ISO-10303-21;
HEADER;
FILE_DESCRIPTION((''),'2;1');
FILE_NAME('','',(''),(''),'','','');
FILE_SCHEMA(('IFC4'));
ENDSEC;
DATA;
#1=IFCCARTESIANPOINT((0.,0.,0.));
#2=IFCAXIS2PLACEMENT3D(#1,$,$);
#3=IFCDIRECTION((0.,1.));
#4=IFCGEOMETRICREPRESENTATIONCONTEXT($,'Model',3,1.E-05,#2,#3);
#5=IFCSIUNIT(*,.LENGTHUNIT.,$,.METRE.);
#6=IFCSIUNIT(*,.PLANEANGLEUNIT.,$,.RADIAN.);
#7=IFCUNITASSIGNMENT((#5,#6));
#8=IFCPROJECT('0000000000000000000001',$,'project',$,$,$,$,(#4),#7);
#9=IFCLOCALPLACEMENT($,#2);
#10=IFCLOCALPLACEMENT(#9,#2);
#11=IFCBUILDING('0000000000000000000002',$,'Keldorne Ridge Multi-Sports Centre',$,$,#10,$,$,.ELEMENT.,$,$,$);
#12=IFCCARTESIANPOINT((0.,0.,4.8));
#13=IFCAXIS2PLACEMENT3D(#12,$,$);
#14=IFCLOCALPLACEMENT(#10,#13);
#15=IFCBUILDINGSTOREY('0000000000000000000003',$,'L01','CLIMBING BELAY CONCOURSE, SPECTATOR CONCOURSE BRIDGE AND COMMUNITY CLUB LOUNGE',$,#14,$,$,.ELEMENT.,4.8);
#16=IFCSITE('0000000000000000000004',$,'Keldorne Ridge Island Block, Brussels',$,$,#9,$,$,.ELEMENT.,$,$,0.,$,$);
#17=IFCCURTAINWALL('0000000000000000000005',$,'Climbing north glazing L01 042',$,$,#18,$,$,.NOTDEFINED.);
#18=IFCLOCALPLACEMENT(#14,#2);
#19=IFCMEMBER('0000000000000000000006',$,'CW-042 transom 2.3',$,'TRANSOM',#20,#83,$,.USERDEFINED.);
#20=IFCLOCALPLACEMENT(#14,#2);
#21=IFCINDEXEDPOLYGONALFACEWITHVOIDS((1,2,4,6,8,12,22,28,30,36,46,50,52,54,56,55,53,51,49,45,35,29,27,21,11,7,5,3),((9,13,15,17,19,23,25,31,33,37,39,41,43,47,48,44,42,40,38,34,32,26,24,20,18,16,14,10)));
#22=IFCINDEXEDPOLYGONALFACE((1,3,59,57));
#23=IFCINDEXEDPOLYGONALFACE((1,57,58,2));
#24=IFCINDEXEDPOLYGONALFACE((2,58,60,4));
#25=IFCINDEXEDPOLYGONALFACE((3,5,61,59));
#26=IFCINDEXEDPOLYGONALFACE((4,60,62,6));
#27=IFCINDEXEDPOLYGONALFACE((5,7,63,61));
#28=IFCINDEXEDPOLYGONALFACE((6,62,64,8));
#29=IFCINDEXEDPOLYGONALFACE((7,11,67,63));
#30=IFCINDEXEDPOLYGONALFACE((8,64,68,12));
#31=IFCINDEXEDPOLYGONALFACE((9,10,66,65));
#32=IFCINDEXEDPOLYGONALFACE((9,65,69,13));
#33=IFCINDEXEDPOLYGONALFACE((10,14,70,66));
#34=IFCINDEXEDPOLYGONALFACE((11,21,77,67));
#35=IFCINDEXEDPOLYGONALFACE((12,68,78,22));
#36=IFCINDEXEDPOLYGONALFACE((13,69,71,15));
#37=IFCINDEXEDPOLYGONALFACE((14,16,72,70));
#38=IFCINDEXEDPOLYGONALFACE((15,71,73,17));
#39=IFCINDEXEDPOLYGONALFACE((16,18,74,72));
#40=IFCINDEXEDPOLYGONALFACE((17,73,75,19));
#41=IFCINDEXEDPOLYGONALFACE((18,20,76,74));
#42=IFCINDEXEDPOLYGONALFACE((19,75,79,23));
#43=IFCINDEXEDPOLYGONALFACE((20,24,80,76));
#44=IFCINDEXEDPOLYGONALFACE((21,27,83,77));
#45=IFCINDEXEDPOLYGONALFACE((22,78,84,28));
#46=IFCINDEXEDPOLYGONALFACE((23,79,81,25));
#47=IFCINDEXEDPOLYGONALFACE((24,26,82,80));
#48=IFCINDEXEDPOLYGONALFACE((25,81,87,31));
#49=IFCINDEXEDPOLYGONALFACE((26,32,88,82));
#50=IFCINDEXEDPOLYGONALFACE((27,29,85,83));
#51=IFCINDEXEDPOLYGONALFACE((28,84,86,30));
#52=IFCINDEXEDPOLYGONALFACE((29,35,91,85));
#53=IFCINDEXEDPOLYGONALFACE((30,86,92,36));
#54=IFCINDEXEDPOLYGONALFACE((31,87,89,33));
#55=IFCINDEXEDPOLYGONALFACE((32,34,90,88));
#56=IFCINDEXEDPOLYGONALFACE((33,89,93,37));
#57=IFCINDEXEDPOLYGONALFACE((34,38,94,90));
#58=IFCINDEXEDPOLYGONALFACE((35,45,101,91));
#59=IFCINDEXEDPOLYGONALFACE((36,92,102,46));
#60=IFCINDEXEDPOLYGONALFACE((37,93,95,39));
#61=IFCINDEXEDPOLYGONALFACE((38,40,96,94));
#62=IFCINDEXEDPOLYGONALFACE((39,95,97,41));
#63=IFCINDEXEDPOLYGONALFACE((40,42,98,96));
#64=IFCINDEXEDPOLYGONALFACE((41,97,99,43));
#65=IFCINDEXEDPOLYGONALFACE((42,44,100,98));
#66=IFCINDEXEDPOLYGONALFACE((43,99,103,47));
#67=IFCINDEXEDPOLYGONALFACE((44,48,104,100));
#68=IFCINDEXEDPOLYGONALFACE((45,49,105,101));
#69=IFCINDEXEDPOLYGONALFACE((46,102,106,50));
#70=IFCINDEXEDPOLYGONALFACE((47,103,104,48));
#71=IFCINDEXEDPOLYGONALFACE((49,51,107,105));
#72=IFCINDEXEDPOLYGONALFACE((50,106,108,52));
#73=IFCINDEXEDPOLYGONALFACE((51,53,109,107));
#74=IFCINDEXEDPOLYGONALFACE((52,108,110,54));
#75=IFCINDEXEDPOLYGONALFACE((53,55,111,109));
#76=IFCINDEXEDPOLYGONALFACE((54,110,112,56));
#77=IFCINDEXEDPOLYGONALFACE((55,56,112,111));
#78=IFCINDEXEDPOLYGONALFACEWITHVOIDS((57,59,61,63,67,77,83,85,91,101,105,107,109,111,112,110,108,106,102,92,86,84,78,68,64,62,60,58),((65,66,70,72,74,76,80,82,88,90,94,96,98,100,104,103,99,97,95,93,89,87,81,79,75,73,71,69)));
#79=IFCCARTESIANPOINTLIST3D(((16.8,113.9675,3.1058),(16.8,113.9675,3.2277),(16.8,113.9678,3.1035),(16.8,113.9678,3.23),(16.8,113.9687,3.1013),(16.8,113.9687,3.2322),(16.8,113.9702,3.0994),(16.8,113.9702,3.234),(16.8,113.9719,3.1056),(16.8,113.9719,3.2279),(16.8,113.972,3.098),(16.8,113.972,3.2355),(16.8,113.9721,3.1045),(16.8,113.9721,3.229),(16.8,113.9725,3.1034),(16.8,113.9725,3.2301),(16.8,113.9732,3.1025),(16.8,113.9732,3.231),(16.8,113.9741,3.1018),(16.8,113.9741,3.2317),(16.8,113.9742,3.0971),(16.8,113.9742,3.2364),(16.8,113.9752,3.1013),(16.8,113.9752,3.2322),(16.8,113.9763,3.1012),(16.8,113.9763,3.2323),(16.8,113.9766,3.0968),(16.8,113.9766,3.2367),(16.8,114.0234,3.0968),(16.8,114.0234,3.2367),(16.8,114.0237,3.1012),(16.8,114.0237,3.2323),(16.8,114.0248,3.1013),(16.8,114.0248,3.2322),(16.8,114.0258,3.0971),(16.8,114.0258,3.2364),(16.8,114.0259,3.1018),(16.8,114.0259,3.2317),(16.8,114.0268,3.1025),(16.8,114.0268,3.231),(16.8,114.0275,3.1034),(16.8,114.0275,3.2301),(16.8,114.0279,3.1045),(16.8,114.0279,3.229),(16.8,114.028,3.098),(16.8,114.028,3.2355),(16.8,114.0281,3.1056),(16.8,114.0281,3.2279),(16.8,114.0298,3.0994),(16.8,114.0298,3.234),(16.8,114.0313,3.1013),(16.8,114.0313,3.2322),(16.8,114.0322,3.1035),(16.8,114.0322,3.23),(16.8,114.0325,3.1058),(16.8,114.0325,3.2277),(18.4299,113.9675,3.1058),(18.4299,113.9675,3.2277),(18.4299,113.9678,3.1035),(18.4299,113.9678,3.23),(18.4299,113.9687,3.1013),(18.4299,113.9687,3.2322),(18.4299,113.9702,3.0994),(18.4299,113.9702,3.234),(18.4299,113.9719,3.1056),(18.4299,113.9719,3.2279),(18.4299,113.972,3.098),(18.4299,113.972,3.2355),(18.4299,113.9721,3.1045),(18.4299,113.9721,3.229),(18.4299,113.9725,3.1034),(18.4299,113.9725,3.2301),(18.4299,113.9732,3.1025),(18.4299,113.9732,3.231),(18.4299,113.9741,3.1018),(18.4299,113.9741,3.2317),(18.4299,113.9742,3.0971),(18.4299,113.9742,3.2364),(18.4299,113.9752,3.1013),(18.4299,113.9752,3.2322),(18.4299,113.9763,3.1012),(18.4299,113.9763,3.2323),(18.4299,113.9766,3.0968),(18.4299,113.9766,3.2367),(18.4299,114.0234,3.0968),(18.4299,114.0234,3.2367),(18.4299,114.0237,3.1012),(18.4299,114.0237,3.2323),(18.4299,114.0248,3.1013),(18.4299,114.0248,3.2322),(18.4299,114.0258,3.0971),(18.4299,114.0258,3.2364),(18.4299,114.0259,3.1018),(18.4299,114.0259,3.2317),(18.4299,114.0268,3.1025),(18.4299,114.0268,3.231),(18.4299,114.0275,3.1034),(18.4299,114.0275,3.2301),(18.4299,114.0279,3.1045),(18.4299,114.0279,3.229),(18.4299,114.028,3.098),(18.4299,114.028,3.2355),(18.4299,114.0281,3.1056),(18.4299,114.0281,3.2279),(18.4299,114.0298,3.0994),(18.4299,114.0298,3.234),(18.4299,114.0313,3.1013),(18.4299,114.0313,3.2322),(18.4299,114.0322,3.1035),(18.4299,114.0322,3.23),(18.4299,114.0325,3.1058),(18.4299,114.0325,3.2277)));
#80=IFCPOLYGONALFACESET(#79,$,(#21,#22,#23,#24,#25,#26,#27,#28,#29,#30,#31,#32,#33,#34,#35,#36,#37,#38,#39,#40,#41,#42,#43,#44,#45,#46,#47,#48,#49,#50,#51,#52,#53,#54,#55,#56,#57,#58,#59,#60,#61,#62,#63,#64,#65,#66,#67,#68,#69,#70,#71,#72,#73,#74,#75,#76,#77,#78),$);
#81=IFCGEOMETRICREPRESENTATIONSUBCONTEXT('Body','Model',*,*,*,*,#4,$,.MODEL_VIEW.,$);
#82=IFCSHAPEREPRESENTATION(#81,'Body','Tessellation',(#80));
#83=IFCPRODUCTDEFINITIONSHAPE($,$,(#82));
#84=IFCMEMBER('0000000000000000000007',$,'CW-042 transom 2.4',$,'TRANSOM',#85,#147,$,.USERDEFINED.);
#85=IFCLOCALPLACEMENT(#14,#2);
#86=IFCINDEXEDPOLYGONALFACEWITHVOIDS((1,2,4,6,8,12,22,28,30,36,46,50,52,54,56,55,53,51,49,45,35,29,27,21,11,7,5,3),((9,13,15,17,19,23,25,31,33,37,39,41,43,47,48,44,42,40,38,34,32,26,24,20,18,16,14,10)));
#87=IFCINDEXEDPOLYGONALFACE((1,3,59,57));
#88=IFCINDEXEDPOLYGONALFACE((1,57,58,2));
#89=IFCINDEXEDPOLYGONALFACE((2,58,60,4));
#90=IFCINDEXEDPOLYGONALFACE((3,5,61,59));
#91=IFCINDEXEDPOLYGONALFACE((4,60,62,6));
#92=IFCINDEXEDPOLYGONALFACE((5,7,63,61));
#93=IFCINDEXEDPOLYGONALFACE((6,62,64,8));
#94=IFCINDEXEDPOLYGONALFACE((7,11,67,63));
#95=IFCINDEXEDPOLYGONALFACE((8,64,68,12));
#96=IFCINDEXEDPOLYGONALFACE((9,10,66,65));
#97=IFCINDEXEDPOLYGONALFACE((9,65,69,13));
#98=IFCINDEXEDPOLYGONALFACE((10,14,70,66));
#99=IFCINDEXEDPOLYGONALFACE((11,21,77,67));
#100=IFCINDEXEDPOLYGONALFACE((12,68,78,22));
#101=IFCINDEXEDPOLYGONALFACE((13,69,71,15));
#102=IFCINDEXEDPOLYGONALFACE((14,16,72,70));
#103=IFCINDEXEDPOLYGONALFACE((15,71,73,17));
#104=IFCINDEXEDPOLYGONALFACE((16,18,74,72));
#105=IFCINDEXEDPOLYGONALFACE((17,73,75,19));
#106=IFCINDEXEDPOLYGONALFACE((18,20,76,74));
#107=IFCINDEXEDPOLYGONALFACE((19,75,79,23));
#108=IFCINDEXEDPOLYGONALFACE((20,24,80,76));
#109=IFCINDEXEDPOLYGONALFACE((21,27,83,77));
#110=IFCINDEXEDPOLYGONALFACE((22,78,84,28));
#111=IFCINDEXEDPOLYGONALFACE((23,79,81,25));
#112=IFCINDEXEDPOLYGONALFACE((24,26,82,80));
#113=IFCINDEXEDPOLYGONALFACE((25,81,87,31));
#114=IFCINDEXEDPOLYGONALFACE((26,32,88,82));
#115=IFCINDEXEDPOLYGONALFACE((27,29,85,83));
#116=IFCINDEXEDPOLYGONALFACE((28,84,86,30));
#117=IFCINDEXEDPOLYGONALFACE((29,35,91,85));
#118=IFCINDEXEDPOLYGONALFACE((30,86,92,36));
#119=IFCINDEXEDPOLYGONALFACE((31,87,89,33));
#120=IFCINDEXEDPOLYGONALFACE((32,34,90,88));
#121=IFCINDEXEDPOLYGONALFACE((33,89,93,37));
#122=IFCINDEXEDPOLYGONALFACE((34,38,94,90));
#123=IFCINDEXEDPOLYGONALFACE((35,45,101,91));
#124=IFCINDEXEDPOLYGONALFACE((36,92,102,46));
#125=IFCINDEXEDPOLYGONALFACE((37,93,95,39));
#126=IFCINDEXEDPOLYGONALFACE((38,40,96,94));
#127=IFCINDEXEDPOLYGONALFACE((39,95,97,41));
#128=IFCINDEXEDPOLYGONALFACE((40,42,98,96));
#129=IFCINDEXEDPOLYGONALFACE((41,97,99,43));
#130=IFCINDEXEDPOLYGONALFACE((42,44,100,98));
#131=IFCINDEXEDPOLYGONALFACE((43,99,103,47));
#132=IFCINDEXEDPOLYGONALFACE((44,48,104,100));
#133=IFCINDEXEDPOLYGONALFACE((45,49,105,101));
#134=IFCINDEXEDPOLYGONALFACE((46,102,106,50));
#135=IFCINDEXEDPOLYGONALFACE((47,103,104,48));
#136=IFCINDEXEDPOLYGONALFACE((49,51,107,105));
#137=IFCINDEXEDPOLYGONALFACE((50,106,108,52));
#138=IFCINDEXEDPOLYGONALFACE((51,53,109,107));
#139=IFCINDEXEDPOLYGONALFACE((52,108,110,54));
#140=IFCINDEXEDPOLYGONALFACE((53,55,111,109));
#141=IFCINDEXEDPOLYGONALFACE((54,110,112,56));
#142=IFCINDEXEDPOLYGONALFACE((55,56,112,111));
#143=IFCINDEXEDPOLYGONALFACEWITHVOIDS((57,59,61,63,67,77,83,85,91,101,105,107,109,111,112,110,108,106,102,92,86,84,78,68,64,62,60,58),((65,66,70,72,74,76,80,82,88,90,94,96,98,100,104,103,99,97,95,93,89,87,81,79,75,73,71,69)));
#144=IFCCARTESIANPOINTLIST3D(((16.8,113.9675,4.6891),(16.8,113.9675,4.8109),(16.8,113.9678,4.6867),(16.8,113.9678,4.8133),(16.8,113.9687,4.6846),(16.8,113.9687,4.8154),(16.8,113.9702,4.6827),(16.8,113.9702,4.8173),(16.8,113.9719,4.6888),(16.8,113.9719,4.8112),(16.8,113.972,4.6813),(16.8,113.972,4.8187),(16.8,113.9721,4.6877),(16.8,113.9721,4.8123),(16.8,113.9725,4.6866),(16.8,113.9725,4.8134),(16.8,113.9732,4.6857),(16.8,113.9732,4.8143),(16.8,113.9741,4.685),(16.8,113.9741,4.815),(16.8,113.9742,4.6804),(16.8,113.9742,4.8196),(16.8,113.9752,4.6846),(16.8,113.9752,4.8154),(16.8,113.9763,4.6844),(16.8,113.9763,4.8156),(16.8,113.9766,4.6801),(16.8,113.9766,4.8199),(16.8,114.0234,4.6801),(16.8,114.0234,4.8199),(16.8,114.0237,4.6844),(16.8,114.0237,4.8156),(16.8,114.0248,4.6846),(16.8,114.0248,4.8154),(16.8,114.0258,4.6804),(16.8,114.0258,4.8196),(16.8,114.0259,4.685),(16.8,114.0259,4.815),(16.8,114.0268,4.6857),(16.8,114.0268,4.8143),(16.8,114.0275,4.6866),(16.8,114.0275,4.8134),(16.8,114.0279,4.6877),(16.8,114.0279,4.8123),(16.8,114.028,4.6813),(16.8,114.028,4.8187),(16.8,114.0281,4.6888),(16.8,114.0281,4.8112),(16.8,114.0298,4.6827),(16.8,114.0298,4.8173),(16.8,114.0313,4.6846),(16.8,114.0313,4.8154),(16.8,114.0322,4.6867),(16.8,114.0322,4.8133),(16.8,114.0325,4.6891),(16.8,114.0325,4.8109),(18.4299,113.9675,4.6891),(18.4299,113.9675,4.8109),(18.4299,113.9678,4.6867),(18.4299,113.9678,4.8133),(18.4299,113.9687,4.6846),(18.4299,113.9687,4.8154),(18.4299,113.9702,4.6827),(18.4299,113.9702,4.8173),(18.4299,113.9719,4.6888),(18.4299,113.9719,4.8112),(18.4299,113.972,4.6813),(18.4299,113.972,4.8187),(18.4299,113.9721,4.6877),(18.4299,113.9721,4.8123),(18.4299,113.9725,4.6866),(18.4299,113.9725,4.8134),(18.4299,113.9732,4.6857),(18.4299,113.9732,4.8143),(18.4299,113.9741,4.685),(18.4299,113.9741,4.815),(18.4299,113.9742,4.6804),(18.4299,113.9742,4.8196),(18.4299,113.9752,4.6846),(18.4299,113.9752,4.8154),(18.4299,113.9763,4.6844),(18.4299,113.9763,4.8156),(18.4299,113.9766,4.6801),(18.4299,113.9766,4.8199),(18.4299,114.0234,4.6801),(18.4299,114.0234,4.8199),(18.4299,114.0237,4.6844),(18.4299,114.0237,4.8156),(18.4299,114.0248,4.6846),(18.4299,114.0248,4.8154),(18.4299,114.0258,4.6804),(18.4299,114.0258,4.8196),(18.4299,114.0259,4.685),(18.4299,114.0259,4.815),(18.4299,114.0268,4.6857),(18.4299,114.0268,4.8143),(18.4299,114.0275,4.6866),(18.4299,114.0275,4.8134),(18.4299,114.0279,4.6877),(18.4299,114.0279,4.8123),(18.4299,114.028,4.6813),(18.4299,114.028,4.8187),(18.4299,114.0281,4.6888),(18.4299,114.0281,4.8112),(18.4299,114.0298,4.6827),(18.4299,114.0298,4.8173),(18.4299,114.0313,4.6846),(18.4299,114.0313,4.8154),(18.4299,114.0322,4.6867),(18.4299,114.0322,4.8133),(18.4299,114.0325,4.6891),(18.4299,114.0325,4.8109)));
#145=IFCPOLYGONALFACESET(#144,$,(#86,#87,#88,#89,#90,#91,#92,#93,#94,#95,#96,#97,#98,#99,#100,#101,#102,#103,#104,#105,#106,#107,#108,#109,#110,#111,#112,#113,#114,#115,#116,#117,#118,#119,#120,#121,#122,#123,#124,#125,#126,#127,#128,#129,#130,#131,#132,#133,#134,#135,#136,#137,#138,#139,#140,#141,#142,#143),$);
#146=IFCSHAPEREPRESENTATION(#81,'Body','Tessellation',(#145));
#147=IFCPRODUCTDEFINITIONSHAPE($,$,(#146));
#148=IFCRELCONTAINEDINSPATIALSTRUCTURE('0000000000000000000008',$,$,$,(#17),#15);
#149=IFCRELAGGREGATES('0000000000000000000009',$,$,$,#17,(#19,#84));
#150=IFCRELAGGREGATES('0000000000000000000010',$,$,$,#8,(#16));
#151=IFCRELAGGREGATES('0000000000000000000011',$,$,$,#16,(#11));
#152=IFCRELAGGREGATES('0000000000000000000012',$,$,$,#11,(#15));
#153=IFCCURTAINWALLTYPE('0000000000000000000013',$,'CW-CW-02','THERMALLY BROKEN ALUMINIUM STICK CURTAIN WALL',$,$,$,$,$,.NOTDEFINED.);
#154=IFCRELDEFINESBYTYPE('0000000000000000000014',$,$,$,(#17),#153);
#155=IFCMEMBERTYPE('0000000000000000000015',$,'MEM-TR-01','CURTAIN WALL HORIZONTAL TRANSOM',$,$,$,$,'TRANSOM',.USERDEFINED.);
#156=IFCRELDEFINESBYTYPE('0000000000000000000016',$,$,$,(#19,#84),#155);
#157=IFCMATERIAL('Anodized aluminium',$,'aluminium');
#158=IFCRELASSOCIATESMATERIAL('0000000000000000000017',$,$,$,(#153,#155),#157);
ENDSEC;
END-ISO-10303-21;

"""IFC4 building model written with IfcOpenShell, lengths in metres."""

from ifc_helpers import new_model, si_unit, direction, frame, origin, origin_2d, place, context, subcontext, project, spatial, hollow_rectangle, extrude, material, material_profile, profile_set, type_object, element, aggregate, save


model = new_model("IFC4")

# Units and contexts
model_context = context("Model", 3, precision=1e-05, world=origin(), true_north=direction((0.0, 1.0)))
body_context = subcontext(model_context, "Body", "Model", "MODEL_VIEW")
ifc_project = project(units=[si_unit("LENGTHUNIT", "METRE"), si_unit("PLANEANGLEUNIT", "RADIAN")], contexts=[model_context])

# Site, building, storey
site_placement = place(None, origin())
site = spatial("IfcSite", under=ifc_project, at=site_placement, Name="Keldorne Ridge Island Block, Brussels", CompositionType="ELEMENT", RefElevation=0.0)
building_placement = place(site_placement, origin())
building = spatial("IfcBuilding", under=site, at=building_placement, Name="Keldorne Ridge Multi-Sports Centre", CompositionType="ELEMENT")
storey_placement = place(building_placement, frame((0.0, 0.0, 4.8)))
storey = spatial("IfcBuildingStorey", under=building, at=storey_placement, Name="L01", Description="CLIMBING BELAY CONCOURSE, SPECTATOR CONCOURSE BRIDGE AND COMMUNITY CLUB LOUNGE", CompositionType="ELEMENT", Elevation=4.8)

# Curtain wall
ifc_material_1 = material(Name="Anodized aluminium", Category="aluminium")
curtain_wall_type_1 = type_object("IfcCurtainWallType", Name="CW-CW-02", Description="THERMALLY BROKEN ALUMINIUM STICK CURTAIN WALL", PredefinedType="NOTDEFINED", material=ifc_material_1)
curtain_wall_1_placement = place(storey_placement, origin())
curtain_wall_1 = element("IfcCurtainWall", 1, at=curtain_wall_1_placement, inside=storey, type_object=curtain_wall_type_1, Name="Climbing north glazing L01 042", PredefinedType="NOTDEFINED")

# Members
ifc_material_profile_1 = material_profile(ifc_material_1, hollow_rectangle(XDim=0.0649, YDim=0.1399, WallThickness=0.0044, InnerFilletRadius=0.0044, OuterFilletRadius=0.009, at=origin_2d()), Name="ALU TRANSOM 140x65x4.5")
ifc_profile_set_1 = profile_set([ifc_material_profile_1], Name="Anodized aluminium")
member_type_1 = type_object("IfcMemberType", Name="MEM-TR-01", Description="CURTAIN WALL HORIZONTAL TRANSOM", ElementType="TRANSOM", PredefinedType="USERDEFINED", material=ifc_profile_set_1)
member_1_placement = place(storey_placement, frame((18.4299, 114.0, 3.1667), z_axis=(-1.0, 0.0, 0.0), x_axis=(0.0, -1.0, 0.0)))
member_1 = element("IfcMember", 2, at=member_1_placement, type_object=member_type_1, Name="CW-042 transom 2.3", ObjectType="TRANSOM", PredefinedType="USERDEFINED", context=body_context, shape_type="SweptSolid", body=[
    extrude(hollow_rectangle(XDim=0.0649, YDim=0.1399, WallThickness=0.0044, InnerFilletRadius=0.0044, OuterFilletRadius=0.009, at=origin_2d()), origin(), (0.0, 0.0, 1.0), 1.6299),
])
member_2_placement = place(storey_placement, frame((18.4299, 114.0, 4.75), z_axis=(-1.0, 0.0, 0.0), x_axis=(0.0, -1.0, 0.0)))
member_2 = element("IfcMember", 3, at=member_2_placement, type_object=member_type_1, Name="CW-042 transom 2.4", ObjectType="TRANSOM", PredefinedType="USERDEFINED", context=body_context, shape_type="SweptSolid", body=[
    extrude(hollow_rectangle(XDim=0.0649, YDim=0.1399, WallThickness=0.0044, InnerFilletRadius=0.0044, OuterFilletRadius=0.009, at=origin_2d()), origin(), (0.0, 0.0, 1.0), 1.6299),
])

aggregate(curtain_wall_1, [member_1, member_2])

save(model, "model.ifc")
